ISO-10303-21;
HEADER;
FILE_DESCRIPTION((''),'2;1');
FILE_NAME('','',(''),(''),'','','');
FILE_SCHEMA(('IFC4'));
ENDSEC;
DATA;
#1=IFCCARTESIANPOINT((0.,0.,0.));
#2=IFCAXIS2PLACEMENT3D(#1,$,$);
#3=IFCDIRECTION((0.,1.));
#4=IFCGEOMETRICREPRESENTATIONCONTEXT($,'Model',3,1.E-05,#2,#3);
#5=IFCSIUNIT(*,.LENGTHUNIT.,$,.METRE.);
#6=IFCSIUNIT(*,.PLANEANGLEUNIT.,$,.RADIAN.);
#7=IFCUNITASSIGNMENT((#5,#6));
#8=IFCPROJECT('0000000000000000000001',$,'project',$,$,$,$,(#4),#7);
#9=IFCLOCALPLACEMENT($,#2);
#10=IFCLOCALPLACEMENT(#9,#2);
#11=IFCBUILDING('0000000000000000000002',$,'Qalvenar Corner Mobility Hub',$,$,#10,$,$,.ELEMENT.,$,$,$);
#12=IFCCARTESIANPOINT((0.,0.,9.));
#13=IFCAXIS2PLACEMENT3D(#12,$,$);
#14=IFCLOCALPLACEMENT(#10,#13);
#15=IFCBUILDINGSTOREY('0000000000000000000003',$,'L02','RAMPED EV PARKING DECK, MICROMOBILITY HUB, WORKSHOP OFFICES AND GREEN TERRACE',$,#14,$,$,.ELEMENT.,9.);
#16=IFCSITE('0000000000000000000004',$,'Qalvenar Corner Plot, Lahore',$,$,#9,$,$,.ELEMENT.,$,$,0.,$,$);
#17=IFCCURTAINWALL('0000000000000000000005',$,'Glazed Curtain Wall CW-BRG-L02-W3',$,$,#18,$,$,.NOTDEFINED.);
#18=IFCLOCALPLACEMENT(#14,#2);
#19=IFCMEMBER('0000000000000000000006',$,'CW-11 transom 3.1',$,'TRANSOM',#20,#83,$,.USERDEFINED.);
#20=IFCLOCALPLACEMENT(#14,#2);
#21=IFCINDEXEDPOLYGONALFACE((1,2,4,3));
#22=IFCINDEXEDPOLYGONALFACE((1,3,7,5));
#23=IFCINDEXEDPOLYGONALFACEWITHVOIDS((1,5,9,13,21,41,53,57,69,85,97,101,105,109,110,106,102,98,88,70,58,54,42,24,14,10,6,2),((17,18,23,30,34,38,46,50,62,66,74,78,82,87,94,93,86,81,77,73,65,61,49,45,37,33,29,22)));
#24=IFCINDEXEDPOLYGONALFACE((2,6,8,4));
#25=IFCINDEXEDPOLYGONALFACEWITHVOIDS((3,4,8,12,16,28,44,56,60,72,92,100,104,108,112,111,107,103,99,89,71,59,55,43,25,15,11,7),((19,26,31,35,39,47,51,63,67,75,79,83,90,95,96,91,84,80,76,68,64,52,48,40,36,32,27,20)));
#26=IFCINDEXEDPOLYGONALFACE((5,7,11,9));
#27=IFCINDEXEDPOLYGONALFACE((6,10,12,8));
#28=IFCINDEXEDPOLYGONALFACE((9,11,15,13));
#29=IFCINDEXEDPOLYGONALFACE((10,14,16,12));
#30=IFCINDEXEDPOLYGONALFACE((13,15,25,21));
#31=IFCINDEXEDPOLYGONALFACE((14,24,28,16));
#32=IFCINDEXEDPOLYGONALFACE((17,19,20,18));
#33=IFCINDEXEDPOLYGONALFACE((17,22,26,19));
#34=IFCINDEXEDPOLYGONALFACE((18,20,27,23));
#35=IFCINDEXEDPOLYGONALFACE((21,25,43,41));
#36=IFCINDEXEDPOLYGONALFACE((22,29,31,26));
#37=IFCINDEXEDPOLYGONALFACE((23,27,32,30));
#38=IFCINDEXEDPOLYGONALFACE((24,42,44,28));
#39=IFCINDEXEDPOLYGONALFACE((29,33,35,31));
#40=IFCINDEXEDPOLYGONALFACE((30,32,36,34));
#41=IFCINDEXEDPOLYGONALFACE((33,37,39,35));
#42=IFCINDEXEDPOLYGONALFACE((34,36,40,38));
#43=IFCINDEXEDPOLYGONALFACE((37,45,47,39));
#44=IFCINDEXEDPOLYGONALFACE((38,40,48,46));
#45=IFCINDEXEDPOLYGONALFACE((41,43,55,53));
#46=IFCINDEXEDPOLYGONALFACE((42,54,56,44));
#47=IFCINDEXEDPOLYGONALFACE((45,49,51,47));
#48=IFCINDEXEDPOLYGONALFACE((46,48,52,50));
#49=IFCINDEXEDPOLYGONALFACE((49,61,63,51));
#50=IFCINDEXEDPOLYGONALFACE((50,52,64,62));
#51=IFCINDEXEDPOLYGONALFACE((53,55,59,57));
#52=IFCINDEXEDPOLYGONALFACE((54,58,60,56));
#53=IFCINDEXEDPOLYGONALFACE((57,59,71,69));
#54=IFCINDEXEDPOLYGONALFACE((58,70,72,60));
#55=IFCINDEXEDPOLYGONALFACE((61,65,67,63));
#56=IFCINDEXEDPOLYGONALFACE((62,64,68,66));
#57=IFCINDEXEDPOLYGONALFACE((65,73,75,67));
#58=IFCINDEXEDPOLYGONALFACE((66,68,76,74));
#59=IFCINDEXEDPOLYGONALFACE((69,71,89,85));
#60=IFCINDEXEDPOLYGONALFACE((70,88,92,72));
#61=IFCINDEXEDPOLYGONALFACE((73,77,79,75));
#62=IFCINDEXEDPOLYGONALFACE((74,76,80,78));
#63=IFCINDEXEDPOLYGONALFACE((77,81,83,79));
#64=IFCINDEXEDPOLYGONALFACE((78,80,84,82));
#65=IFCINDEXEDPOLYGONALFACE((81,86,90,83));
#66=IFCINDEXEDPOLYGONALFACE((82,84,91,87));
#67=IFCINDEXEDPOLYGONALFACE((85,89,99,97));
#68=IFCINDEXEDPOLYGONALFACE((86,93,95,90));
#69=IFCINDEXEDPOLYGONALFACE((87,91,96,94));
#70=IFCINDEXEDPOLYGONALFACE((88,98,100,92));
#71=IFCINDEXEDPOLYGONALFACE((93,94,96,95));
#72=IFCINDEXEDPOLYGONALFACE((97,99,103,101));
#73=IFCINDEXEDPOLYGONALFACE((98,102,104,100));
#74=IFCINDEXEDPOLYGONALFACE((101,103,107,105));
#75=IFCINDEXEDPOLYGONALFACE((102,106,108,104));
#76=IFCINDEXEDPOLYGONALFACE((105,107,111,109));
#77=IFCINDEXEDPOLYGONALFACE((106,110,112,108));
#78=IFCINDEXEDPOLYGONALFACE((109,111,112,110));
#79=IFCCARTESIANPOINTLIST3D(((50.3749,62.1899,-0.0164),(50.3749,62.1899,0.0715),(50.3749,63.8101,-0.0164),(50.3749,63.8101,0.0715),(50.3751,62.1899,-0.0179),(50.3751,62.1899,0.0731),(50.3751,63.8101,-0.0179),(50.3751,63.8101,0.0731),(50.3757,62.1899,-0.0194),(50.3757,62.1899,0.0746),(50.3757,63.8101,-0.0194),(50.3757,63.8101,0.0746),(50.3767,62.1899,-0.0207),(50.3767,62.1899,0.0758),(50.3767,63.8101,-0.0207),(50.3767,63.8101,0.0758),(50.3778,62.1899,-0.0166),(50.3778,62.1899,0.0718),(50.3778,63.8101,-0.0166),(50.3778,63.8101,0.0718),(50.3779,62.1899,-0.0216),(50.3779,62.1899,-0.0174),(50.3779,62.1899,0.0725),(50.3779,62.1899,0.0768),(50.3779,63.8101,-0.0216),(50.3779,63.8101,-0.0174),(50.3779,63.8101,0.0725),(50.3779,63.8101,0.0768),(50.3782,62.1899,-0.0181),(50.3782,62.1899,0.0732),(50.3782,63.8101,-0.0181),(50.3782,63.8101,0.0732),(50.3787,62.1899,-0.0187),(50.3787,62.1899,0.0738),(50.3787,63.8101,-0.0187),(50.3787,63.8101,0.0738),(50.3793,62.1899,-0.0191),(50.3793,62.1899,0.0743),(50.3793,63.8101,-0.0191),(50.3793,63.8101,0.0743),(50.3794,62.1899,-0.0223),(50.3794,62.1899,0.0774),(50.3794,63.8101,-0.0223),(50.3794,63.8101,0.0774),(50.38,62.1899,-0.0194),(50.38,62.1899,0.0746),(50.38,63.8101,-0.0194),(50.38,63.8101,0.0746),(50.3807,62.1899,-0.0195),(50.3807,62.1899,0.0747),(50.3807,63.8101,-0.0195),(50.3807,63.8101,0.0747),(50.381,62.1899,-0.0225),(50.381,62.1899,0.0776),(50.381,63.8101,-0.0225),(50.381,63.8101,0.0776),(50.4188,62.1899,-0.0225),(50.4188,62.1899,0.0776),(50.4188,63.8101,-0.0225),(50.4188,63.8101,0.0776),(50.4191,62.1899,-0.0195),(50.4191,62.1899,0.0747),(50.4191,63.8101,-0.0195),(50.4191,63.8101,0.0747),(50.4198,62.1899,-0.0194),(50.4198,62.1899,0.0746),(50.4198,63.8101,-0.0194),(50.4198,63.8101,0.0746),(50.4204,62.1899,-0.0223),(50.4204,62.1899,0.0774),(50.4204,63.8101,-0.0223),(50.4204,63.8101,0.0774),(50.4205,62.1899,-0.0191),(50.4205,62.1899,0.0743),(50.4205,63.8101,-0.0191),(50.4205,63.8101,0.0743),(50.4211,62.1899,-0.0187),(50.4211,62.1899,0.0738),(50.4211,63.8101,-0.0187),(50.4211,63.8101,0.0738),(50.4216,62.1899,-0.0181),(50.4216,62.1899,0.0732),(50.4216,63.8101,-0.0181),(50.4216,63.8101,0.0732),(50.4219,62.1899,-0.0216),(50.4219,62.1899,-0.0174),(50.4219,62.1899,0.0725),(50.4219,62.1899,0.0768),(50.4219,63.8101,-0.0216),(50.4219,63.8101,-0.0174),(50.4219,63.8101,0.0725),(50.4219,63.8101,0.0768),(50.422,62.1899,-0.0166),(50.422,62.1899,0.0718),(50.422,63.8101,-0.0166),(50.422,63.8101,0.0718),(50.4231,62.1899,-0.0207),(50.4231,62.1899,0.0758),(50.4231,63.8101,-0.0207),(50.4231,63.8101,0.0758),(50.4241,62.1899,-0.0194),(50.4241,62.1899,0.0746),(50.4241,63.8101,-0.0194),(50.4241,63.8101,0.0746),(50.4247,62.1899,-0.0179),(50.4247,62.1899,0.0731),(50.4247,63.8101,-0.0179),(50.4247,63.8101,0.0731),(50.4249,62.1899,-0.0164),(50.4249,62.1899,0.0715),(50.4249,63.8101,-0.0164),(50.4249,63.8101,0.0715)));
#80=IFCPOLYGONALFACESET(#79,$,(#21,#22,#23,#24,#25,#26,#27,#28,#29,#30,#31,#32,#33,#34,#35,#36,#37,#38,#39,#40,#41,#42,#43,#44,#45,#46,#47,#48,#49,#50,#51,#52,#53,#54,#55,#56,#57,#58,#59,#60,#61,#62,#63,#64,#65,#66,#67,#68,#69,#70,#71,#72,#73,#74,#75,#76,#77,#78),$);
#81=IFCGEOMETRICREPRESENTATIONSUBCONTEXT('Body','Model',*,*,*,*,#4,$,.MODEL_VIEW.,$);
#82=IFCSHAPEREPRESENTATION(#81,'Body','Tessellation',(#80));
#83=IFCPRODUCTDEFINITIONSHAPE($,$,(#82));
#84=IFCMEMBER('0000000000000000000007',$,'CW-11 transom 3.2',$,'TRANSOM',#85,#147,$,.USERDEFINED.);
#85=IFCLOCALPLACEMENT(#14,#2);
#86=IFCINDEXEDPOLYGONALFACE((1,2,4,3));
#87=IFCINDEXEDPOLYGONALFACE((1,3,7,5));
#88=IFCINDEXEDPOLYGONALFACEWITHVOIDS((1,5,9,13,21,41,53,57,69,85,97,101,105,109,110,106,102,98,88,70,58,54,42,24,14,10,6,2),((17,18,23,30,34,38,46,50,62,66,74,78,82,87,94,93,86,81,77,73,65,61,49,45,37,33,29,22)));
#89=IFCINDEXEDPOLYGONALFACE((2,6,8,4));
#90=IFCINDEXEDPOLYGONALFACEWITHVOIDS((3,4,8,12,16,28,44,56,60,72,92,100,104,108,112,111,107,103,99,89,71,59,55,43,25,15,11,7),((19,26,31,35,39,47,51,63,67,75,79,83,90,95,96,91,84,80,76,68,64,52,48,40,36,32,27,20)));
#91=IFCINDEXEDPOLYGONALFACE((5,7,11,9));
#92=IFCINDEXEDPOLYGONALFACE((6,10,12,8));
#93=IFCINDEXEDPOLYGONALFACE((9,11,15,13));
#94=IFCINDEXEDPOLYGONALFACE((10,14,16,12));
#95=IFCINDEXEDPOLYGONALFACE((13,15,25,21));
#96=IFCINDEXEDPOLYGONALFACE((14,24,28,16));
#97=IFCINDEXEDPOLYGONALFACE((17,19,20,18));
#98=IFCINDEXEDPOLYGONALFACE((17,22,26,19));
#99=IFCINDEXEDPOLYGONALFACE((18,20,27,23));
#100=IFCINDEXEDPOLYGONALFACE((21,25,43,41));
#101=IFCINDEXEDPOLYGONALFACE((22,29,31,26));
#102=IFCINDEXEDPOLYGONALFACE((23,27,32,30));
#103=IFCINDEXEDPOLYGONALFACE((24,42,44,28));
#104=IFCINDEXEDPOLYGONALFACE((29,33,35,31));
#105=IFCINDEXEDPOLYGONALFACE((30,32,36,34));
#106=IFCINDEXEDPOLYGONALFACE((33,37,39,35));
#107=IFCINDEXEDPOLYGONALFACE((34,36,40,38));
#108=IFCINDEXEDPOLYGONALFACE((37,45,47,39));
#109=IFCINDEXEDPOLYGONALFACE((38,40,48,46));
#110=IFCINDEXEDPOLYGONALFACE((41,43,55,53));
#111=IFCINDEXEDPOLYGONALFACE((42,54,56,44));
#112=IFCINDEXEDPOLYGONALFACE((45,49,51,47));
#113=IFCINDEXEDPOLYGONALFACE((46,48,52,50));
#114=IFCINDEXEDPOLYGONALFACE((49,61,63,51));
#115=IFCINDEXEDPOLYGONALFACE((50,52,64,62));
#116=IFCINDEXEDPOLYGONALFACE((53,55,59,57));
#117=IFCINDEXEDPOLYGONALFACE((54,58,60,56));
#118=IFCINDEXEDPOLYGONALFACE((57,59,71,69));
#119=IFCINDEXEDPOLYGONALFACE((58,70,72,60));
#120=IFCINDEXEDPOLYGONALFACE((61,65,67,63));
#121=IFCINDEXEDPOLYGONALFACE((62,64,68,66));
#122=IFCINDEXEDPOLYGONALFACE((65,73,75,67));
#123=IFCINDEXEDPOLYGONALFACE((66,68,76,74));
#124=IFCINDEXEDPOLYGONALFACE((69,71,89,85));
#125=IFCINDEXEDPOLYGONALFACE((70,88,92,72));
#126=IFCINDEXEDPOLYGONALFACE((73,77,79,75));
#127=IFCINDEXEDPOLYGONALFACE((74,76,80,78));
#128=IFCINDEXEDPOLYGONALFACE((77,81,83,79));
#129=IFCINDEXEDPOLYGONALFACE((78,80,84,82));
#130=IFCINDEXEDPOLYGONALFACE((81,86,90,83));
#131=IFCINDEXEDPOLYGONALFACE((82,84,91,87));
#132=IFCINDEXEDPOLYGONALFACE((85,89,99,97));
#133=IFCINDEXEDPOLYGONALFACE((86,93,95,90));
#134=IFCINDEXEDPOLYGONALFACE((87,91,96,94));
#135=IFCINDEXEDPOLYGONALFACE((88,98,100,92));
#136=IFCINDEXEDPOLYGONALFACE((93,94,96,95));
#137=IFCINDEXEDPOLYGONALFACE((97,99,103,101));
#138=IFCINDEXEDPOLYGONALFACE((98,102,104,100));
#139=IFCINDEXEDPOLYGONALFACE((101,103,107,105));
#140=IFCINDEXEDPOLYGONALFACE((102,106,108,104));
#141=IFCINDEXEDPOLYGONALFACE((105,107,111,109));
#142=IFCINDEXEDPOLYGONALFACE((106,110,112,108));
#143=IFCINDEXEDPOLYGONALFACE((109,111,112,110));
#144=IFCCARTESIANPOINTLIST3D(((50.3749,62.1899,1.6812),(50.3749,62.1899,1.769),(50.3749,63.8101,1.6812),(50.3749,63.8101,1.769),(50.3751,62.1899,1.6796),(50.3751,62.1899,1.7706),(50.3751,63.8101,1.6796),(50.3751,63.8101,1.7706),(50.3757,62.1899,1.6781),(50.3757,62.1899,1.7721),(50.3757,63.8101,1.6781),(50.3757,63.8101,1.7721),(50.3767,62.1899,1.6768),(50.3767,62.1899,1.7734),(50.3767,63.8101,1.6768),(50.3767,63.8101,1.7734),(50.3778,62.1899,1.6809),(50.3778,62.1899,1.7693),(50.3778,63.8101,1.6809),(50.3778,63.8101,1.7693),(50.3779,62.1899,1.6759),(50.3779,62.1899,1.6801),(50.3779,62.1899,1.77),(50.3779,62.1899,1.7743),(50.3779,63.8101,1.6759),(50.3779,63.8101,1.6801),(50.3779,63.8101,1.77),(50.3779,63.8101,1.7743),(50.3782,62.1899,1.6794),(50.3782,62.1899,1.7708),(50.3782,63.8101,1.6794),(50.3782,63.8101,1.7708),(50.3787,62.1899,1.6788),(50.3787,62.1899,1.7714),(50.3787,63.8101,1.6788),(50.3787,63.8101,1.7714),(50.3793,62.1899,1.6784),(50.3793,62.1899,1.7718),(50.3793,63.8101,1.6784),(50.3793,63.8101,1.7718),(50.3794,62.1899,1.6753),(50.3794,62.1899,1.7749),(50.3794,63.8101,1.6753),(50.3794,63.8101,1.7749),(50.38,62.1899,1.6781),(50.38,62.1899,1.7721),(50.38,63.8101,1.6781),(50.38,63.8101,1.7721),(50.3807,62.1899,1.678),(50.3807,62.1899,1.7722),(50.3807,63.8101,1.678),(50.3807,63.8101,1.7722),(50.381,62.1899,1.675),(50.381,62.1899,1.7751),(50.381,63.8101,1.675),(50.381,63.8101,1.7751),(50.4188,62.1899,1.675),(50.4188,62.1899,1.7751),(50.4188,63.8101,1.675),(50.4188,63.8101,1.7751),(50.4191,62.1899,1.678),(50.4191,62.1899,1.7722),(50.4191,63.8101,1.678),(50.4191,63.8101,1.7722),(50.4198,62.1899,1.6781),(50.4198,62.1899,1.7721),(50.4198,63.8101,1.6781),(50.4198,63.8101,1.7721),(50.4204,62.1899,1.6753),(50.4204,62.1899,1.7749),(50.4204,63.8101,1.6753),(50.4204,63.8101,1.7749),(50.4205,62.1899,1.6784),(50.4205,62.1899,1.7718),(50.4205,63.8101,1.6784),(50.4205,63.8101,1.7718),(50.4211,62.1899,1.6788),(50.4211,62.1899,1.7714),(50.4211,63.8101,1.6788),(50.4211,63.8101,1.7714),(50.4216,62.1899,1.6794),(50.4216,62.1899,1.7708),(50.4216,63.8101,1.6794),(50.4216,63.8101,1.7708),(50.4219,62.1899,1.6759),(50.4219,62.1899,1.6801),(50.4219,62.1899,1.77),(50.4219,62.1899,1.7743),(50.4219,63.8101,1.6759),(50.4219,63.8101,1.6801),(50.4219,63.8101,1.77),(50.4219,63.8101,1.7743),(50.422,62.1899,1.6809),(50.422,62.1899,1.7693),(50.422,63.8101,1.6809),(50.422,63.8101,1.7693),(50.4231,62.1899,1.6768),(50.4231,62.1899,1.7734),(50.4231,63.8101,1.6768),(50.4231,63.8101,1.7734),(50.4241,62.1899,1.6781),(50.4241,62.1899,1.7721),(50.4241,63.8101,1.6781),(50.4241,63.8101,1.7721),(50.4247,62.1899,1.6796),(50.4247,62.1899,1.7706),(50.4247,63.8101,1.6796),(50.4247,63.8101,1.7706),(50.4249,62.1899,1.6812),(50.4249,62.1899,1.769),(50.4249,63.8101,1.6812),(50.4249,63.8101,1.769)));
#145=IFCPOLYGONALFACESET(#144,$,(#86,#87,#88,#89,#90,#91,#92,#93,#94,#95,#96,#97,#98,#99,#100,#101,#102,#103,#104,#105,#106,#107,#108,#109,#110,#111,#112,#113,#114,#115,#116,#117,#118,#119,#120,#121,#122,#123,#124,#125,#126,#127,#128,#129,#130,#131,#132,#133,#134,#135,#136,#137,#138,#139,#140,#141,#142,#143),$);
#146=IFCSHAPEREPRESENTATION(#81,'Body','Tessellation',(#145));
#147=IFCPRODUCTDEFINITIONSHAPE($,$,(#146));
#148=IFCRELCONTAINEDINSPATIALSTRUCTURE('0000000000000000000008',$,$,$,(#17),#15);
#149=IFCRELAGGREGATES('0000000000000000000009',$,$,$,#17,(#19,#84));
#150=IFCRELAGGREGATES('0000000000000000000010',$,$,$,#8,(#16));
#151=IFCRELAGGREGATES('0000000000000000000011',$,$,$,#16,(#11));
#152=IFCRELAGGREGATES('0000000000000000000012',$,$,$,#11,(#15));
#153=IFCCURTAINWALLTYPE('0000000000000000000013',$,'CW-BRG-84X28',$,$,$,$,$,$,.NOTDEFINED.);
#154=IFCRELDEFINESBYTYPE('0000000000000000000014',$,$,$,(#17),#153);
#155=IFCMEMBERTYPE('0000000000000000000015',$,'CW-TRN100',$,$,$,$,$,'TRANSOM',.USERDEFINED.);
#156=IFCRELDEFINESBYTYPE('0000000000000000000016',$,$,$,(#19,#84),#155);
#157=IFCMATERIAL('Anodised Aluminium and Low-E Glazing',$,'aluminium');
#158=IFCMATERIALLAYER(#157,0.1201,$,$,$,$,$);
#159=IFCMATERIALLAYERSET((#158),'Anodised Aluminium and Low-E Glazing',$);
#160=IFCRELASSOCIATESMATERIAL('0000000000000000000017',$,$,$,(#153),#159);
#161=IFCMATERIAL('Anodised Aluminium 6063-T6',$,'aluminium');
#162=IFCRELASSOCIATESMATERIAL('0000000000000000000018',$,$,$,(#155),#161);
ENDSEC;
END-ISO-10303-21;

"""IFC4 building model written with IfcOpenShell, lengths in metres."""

from ifc_helpers import new_model, si_unit, direction, frame, origin, origin_2d, place, context, subcontext, project, spatial, hollow_rectangle, extrude, material, layer, layer_set, material_profile, profile_set, type_object, element, aggregate, save


model = new_model("IFC4")

# Units and contexts
model_context = context("Model", 3, precision=1e-05, world=origin(), true_north=direction((0.0, 1.0)))
body_context = subcontext(model_context, "Body", "Model", "MODEL_VIEW")
ifc_project = project(units=[si_unit("LENGTHUNIT", "METRE"), si_unit("PLANEANGLEUNIT", "RADIAN")], contexts=[model_context])

# Site, building, storey
site_placement = place(None, origin())
site = spatial("IfcSite", under=ifc_project, at=site_placement, Name="Qalvenar Corner Plot, Lahore", CompositionType="ELEMENT", RefElevation=0.0)
building_placement = place(site_placement, origin())
building = spatial("IfcBuilding", under=site, at=building_placement, Name="Qalvenar Corner Mobility Hub", CompositionType="ELEMENT")
storey_placement = place(building_placement, frame((0.0, 0.0, 9.0)))
storey = spatial("IfcBuildingStorey", under=building, at=storey_placement, Name="L02", Description="RAMPED EV PARKING DECK, MICROMOBILITY HUB, WORKSHOP OFFICES AND GREEN TERRACE", CompositionType="ELEMENT", Elevation=9.0)

# Curtain wall, members
ifc_material_1 = material(Name="Anodised Aluminium and Low-E Glazing", Category="aluminium")
ifc_layer_1 = layer(ifc_material_1, 0.1201)
ifc_layer_set_1 = layer_set([ifc_layer_1], Name="Anodised Aluminium and Low-E Glazing")
curtain_wall_type = type_object("IfcCurtainWallType", Name="CW-BRG-84X28", PredefinedType="NOTDEFINED", material=ifc_layer_set_1)
curtain_wall_placement = place(storey_placement, origin())
curtain_wall = element("IfcCurtainWall", 1, at=curtain_wall_placement, inside=storey, type_object=curtain_wall_type, Name="Glazed Curtain Wall CW-BRG-L02-W3", PredefinedType="NOTDEFINED")
ifc_material_2 = material(Name="Anodised Aluminium 6063-T6", Category="aluminium")
ifc_material_profile_1 = material_profile(ifc_material_2, hollow_rectangle(XDim=0.05, YDim=0.1001, WallThickness=0.0029, InnerFilletRadius=0.0029, OuterFilletRadius=0.0061, at=origin_2d()), Name="RHS100x50x3")
ifc_profile_set_1 = profile_set([ifc_material_profile_1], Name="Anodised Aluminium 6063-T6")
member_type_1 = type_object("IfcMemberType", Name="CW-TRN100", ElementType="TRANSOM", PredefinedType="USERDEFINED", material=ifc_profile_set_1)
member_1_placement = place(storey_placement, frame((50.3999, 63.8101, 0.0276), z_axis=(0.0, -1.0, 0.0), x_axis=(1.0, 0.0, 0.0)))
member_1 = element("IfcMember", 2, at=member_1_placement, type_object=member_type_1, Name="CW-11 transom 3.1", ObjectType="TRANSOM", PredefinedType="USERDEFINED", context=body_context, shape_type="SweptSolid", body=[
    extrude(hollow_rectangle(XDim=0.05, YDim=0.1001, WallThickness=0.0029, InnerFilletRadius=0.0029, OuterFilletRadius=0.0061, at=origin_2d()), origin(), (0.0, 0.0, 1.0), 1.6201),
])
member_2_placement = place(storey_placement, frame((50.3999, 63.8101, 1.7251), z_axis=(0.0, -1.0, 0.0), x_axis=(1.0, 0.0, 0.0)))
member_2 = element("IfcMember", 3, at=member_2_placement, type_object=member_type_1, Name="CW-11 transom 3.2", ObjectType="TRANSOM", PredefinedType="USERDEFINED", context=body_context, shape_type="SweptSolid", body=[
    extrude(hollow_rectangle(XDim=0.05, YDim=0.1001, WallThickness=0.0029, InnerFilletRadius=0.0029, OuterFilletRadius=0.0061, at=origin_2d()), origin(), (0.0, 0.0, 1.0), 1.6201),
])
aggregate(curtain_wall, [member_1, member_2])

save(model, "model.ifc")
